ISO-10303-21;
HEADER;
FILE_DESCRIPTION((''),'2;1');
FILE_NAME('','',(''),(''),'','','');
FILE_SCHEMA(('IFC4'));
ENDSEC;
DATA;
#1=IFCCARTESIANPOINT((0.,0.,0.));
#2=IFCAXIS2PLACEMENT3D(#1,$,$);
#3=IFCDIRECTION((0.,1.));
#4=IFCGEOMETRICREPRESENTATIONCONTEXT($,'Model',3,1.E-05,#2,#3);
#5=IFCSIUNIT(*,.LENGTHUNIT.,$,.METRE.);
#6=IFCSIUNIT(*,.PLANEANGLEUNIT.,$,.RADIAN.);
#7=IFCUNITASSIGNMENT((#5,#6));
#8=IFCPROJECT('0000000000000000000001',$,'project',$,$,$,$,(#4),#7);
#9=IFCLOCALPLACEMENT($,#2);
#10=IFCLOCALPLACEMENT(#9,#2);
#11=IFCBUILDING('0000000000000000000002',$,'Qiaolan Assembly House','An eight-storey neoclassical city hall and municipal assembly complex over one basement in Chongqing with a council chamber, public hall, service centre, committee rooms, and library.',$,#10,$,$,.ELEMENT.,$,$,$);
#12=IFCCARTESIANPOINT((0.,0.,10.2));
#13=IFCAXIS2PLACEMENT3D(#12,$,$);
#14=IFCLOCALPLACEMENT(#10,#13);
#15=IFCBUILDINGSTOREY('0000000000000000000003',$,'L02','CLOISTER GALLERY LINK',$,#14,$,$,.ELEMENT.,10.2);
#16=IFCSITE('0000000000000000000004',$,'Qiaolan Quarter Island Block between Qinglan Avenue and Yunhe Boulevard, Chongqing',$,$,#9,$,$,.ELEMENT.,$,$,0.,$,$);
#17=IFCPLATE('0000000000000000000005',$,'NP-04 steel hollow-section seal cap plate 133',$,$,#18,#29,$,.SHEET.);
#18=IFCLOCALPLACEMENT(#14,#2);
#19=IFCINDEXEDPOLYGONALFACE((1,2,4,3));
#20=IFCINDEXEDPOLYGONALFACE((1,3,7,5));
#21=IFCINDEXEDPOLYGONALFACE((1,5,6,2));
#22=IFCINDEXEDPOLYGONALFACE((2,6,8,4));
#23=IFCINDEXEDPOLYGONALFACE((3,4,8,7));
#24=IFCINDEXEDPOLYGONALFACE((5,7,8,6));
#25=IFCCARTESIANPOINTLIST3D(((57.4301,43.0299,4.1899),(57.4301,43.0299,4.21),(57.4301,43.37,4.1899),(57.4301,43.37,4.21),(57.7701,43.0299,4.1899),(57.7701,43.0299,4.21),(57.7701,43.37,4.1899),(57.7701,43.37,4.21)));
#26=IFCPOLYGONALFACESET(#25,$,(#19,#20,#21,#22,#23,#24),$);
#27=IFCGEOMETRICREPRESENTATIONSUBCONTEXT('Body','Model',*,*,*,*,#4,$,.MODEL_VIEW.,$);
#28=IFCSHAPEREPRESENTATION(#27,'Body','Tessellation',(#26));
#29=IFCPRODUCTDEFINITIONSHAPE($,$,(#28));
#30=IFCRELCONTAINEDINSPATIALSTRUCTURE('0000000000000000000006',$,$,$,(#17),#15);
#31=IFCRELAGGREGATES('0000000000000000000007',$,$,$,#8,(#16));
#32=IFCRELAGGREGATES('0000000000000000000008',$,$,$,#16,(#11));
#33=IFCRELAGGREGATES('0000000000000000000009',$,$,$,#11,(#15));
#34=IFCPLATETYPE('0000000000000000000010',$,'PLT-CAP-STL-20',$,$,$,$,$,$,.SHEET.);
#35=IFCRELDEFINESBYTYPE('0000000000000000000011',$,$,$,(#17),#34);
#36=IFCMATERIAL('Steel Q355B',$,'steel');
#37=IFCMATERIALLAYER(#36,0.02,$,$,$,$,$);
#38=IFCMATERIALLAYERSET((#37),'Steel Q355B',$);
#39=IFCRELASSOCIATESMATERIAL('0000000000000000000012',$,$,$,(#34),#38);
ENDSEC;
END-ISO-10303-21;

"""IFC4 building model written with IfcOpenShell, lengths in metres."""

from ifc_helpers import new_model, si_unit, direction, frame, origin, origin_2d, place, context, subcontext, project, spatial, rectangle, extrude, material, layer, layer_set, type_object, element, save


model = new_model("IFC4")

# Units and contexts
model_context = context("Model", 3, precision=1e-05, world=origin(), true_north=direction((0.0, 1.0)))
body_context = subcontext(model_context, "Body", "Model", "MODEL_VIEW")
ifc_project = project(units=[si_unit("LENGTHUNIT", "METRE"), si_unit("PLANEANGLEUNIT", "RADIAN")], contexts=[model_context])

# Site, building, storey
site_placement = place(None, origin())
site = spatial("IfcSite", under=ifc_project, at=site_placement, Name="Qiaolan Quarter Island Block between Qinglan Avenue and Yunhe Boulevard, Chongqing", CompositionType="ELEMENT", RefElevation=0.0)
building_placement = place(site_placement, origin())
building = spatial("IfcBuilding", under=site, at=building_placement, Name="Qiaolan Assembly House", Description="An eight-storey neoclassical city hall and municipal assembly complex over one basement in Chongqing with a council chamber, public hall, service centre, committee rooms, and library.", CompositionType="ELEMENT")
storey_placement = place(building_placement, frame((0.0, 0.0, 10.2)))
storey = spatial("IfcBuildingStorey", under=building, at=storey_placement, Name="L02", Description="CLOISTER GALLERY LINK", CompositionType="ELEMENT", Elevation=10.2)

# Shared definitions
ifc_material_1 = material(Name="Steel Q355B", Category="steel")

# Plate
ifc_layer_1 = layer(ifc_material_1, 0.02)
ifc_layer_set_1 = layer_set([ifc_layer_1], Name="Steel Q355B")
plate_type_1 = type_object("IfcPlateType", Name="PLT-CAP-STL-20", PredefinedType="SHEET", material=ifc_layer_set_1)
plate_1_placement = place(storey_placement, frame((57.6001, 43.2, 4.1899), z_axis=(0.0, 0.0, 1.0), x_axis=(1.0, 0.0, 0.0)))
element("IfcPlate", 1, at=plate_1_placement, inside=storey, type_object=plate_type_1, Name="NP-04 steel hollow-section seal cap plate 133", PredefinedType="SHEET", context=body_context, shape_type="SweptSolid", body=[
    extrude(rectangle(XDim=0.3401, YDim=0.3401, at=origin_2d()), origin(), (0.0, 0.0, 1.0), 0.02),
])

save(model, "model.ifc")
